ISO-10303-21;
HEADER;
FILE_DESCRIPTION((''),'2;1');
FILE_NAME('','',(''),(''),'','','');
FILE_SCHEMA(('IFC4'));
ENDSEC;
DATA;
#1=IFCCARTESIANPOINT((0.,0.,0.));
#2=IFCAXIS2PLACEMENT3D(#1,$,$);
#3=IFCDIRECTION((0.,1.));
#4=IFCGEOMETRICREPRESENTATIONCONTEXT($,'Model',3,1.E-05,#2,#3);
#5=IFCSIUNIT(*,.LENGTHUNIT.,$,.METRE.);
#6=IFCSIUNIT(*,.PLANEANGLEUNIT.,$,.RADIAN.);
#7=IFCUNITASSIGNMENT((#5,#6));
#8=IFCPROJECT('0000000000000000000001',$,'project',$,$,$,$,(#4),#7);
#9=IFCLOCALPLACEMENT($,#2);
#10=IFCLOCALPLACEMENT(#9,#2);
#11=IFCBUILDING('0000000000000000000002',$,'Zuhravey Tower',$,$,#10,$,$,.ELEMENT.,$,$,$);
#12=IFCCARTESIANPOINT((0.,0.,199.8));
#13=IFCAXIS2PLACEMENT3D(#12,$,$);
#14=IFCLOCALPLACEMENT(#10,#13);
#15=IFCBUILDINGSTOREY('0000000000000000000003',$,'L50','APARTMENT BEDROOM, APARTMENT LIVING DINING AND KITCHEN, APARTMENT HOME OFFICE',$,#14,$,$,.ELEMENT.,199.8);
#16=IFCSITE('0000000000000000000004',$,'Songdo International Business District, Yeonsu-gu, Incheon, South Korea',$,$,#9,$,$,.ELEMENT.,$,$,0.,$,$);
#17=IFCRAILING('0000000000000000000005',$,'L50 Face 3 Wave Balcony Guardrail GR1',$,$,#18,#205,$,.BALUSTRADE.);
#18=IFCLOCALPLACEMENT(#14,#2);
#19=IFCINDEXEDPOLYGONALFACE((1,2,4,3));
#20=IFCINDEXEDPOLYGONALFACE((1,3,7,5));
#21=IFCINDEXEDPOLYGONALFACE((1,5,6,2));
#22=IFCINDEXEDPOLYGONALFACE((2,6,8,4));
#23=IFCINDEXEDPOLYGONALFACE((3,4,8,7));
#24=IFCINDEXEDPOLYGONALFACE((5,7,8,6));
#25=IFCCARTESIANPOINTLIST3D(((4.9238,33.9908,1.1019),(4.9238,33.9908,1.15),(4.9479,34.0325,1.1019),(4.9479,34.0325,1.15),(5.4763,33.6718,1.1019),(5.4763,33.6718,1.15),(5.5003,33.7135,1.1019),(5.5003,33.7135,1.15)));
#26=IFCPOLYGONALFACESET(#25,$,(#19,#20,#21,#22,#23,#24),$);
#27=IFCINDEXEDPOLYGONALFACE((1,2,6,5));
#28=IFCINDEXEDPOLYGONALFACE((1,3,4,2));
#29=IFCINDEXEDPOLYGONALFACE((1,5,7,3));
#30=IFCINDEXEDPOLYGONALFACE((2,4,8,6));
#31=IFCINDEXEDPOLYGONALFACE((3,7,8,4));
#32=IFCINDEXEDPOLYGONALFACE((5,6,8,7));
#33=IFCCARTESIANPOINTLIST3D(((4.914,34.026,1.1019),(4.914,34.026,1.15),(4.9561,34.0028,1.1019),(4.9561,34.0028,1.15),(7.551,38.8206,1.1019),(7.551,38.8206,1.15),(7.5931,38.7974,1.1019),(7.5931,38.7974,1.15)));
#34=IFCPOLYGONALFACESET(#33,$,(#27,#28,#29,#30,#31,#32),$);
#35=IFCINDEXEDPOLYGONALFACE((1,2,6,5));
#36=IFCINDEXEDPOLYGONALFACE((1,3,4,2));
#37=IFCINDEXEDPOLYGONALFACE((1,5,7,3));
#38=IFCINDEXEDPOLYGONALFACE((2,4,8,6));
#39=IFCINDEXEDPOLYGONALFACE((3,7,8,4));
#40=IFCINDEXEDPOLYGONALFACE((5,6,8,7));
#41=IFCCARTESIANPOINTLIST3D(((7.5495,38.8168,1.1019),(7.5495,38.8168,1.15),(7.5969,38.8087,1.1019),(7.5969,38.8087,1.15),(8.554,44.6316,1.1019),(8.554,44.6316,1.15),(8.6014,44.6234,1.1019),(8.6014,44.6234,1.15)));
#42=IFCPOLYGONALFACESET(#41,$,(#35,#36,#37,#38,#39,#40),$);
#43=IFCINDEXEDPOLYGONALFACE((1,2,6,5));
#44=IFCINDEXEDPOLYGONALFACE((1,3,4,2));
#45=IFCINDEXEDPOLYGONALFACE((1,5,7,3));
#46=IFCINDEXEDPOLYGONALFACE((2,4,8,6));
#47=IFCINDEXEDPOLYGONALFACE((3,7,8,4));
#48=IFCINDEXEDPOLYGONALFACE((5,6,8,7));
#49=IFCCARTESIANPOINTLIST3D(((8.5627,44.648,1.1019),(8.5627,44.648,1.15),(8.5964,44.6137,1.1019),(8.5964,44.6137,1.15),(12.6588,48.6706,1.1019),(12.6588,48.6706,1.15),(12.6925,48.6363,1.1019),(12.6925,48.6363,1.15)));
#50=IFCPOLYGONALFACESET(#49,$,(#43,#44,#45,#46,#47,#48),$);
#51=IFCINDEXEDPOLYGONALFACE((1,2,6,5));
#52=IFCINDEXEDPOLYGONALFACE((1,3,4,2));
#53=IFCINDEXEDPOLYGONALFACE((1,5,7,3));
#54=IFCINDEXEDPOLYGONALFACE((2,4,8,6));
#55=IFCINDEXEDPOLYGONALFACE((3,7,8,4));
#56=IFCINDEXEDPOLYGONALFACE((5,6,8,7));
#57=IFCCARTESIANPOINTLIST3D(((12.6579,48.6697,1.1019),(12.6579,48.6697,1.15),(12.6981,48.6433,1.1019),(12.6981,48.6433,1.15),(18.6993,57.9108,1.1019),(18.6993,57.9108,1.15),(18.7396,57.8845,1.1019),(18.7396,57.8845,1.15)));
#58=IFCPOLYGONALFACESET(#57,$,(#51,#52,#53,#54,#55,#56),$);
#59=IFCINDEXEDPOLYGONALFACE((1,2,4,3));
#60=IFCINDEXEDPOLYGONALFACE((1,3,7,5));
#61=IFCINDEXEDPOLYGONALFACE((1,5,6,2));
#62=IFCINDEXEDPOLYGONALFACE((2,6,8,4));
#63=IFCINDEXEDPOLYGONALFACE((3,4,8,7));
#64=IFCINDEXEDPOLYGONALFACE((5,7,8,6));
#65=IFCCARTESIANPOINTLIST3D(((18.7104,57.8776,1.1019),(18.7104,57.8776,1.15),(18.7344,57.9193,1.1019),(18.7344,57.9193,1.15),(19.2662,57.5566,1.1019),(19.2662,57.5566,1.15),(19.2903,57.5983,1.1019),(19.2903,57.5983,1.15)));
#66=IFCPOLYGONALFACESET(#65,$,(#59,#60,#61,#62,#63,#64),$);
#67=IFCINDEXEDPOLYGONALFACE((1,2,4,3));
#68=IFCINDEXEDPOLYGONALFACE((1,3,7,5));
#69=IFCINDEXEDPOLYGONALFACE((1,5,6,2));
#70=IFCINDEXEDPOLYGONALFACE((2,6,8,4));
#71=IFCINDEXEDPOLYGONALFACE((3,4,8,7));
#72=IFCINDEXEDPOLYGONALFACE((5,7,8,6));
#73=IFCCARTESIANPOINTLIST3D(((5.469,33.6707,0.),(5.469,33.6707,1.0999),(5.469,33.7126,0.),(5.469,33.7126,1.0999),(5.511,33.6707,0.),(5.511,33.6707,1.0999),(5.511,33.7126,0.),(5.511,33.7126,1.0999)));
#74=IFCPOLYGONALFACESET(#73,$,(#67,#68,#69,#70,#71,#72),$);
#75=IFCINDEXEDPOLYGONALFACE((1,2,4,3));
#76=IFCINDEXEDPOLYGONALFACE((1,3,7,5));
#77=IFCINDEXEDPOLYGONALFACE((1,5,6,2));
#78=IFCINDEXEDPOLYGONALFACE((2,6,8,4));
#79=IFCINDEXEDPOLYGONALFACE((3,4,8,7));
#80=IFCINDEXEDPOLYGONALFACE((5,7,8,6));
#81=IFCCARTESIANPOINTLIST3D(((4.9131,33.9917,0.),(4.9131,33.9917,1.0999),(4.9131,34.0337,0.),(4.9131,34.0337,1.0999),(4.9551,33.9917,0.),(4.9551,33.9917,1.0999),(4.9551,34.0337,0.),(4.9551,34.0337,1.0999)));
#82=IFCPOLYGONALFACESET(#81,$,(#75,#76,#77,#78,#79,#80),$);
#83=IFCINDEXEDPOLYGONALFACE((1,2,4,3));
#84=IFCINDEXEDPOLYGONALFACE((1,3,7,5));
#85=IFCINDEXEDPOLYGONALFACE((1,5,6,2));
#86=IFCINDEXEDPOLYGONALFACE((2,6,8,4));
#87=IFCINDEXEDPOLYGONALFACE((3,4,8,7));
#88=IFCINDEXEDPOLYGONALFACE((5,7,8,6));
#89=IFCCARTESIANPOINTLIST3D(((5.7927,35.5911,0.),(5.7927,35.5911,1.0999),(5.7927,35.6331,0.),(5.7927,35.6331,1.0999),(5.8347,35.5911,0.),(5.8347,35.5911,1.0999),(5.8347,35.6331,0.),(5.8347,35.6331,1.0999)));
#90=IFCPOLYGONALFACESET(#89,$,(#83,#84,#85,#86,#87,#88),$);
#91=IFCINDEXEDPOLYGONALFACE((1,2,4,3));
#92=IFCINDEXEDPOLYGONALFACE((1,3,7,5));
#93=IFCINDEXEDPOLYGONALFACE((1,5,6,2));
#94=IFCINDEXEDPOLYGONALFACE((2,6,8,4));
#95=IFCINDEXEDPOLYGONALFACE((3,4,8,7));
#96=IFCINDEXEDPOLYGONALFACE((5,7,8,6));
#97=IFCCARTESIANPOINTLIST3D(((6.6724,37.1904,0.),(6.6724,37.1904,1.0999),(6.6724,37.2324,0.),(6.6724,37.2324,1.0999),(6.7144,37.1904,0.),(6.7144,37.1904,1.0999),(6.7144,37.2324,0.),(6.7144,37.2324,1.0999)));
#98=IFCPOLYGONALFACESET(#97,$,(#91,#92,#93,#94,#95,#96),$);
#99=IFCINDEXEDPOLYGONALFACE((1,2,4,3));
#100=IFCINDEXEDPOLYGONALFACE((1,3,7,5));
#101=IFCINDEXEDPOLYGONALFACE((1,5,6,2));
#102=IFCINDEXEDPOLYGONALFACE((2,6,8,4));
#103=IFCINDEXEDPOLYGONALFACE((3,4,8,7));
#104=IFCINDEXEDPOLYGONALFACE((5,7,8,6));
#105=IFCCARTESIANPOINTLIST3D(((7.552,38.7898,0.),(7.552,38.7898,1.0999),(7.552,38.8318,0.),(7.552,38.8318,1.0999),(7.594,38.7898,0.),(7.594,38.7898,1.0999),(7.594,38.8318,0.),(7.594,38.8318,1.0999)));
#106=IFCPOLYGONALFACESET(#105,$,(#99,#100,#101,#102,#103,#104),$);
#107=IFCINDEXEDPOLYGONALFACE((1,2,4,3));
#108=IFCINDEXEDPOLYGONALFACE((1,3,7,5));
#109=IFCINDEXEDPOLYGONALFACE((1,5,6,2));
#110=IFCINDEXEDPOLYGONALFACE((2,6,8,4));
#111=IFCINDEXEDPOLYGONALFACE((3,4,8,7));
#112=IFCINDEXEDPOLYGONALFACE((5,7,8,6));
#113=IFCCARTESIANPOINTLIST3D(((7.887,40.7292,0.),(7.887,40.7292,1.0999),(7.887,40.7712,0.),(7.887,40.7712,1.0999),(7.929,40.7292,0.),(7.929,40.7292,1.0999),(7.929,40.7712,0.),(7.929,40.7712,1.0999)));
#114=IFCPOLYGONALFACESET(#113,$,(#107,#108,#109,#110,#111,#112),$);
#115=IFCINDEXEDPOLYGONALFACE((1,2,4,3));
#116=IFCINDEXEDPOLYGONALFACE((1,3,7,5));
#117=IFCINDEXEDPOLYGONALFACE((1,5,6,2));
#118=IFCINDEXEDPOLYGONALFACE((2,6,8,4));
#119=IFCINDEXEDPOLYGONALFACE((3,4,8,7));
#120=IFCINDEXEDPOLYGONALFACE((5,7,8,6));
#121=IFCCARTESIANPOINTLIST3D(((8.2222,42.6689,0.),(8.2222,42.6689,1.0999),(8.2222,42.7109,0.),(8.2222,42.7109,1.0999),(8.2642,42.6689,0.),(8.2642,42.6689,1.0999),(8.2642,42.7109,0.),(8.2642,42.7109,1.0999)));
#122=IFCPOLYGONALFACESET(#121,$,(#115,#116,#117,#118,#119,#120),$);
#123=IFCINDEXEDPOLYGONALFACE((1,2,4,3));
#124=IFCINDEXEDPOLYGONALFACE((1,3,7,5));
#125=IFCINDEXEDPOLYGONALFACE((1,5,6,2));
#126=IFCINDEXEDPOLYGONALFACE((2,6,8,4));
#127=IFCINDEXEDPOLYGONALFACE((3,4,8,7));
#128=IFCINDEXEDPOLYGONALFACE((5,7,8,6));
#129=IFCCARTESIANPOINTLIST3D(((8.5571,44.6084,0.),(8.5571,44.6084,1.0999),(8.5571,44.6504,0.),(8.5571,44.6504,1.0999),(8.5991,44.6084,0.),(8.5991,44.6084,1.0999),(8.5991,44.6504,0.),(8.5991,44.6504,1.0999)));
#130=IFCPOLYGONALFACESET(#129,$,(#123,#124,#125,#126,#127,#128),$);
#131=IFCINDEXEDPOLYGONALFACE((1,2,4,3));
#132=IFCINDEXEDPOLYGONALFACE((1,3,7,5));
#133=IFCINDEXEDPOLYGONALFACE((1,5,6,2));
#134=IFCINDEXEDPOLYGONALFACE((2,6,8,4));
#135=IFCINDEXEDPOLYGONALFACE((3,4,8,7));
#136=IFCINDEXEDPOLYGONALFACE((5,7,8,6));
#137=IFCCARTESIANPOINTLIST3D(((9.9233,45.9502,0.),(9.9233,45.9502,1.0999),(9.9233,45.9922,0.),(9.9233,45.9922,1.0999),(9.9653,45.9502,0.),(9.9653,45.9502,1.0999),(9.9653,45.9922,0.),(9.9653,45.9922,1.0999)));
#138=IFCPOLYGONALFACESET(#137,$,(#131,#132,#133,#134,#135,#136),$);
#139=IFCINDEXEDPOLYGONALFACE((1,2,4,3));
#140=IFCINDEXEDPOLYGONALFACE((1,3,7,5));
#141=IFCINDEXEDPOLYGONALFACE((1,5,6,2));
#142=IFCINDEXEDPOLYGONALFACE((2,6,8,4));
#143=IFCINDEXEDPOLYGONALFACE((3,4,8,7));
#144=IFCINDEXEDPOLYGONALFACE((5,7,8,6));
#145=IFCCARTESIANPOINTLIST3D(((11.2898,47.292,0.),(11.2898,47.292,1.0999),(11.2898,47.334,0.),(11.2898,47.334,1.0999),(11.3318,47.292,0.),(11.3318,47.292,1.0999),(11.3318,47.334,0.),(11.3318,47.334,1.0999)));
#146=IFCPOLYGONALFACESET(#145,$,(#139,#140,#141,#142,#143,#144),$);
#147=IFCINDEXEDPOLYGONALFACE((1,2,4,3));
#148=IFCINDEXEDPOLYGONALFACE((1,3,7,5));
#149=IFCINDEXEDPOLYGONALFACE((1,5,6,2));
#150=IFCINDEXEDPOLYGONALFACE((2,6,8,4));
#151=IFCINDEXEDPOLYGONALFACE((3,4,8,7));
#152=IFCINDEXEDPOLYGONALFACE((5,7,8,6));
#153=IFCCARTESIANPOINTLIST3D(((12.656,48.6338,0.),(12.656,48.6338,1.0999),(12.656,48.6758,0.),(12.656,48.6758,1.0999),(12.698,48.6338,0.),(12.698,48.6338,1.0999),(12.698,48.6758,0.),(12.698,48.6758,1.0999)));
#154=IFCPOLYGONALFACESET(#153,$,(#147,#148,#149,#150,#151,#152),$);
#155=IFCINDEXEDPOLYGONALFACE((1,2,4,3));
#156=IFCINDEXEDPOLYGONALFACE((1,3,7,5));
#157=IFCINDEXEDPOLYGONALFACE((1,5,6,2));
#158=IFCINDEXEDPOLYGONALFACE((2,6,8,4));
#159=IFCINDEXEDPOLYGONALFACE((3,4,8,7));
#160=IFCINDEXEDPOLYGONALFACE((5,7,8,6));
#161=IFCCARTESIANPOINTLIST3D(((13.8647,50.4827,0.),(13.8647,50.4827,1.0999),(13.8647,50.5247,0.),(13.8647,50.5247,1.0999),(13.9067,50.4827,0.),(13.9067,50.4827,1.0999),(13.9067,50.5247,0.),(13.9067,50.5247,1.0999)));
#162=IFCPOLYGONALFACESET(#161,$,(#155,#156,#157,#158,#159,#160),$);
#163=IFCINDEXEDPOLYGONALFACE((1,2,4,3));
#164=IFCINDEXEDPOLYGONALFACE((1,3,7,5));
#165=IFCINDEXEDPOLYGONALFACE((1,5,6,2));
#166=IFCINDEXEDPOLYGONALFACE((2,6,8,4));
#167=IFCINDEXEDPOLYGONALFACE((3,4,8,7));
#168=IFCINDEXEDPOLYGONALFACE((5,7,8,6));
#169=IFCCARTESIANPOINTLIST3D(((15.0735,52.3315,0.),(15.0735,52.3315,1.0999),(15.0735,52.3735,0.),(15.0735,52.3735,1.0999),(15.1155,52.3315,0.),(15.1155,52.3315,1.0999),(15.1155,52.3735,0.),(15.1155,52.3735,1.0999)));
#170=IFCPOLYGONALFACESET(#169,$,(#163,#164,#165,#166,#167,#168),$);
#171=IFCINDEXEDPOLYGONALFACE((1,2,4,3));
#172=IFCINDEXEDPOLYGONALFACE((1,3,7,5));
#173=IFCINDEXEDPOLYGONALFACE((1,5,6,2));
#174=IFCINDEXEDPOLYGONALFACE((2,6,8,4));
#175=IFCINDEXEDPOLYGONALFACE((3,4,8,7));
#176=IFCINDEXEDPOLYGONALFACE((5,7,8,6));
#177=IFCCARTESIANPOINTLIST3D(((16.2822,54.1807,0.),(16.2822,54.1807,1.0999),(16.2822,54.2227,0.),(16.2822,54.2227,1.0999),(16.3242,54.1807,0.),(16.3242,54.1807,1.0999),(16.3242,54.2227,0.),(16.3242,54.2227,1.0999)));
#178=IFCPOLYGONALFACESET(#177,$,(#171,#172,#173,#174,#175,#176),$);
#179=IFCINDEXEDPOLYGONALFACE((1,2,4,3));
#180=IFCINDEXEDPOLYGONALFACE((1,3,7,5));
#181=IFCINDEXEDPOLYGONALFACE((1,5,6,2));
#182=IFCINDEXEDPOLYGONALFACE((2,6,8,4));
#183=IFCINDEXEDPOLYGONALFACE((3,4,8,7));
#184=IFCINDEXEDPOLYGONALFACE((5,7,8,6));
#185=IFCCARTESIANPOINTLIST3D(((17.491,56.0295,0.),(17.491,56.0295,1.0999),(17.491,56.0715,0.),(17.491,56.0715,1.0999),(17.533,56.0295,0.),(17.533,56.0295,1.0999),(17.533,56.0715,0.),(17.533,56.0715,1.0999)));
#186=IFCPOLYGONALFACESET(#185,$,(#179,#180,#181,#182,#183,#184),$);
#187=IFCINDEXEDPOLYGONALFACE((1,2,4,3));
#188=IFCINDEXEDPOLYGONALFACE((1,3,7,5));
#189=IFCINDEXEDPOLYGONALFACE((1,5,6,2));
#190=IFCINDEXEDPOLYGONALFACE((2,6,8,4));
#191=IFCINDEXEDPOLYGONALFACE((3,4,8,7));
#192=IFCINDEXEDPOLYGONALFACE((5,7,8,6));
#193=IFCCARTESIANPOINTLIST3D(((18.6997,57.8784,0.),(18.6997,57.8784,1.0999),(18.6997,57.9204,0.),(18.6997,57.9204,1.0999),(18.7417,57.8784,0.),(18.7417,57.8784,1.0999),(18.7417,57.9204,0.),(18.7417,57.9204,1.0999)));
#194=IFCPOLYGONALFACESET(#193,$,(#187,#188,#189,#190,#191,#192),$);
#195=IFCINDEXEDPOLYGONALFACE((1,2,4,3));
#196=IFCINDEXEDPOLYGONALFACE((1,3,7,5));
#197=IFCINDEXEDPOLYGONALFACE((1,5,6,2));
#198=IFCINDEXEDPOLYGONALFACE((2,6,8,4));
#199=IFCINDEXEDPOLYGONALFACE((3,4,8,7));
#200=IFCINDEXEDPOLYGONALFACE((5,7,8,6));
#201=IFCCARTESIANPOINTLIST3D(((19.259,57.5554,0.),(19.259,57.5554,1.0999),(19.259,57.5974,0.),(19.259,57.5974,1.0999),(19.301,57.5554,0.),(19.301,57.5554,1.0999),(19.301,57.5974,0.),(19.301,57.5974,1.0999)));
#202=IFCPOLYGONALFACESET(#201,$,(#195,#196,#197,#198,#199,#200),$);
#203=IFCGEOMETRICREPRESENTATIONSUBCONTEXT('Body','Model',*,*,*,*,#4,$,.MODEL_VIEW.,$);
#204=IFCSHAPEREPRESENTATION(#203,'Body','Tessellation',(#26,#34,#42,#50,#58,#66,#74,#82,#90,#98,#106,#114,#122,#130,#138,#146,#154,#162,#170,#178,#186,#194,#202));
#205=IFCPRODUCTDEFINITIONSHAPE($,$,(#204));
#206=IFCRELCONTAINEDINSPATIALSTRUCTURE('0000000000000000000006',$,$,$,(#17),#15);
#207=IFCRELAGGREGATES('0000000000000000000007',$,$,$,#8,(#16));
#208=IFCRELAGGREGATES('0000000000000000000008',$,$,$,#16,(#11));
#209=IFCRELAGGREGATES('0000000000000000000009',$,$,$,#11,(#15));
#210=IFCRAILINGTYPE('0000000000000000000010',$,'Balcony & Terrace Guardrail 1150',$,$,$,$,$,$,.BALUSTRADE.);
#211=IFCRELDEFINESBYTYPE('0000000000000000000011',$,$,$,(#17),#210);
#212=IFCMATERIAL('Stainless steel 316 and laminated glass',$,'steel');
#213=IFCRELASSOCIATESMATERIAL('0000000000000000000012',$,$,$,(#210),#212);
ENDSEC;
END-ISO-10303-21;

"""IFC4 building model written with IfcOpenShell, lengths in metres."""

from ifc_helpers import new_model, si_unit, direction, frame, origin, origin_2d, place, context, subcontext, project, spatial, rectangle, extrude, material, type_object, element, save


model = new_model("IFC4")

# Units and contexts
model_context = context("Model", 3, precision=1e-05, world=origin(), true_north=direction((0.0, 1.0)))
body_context = subcontext(model_context, "Body", "Model", "MODEL_VIEW")
ifc_project = project(units=[si_unit("LENGTHUNIT", "METRE"), si_unit("PLANEANGLEUNIT", "RADIAN")], contexts=[model_context])

# Site, building, storey
site_placement = place(None, origin())
site = spatial("IfcSite", under=ifc_project, at=site_placement, Name="Songdo International Business District, Yeonsu-gu, Incheon, South Korea", CompositionType="ELEMENT", RefElevation=0.0)
building_placement = place(site_placement, origin())
building = spatial("IfcBuilding", under=site, at=building_placement, Name="Zuhravey Tower", CompositionType="ELEMENT")
storey_placement = place(building_placement, frame((0.0, 0.0, 199.8)))
storey = spatial("IfcBuildingStorey", under=building, at=storey_placement, Name="L50", Description="APARTMENT BEDROOM, APARTMENT LIVING DINING AND KITCHEN, APARTMENT HOME OFFICE", CompositionType="ELEMENT", Elevation=199.8)

# Railing
ifc_material_1 = material(Name="Stainless steel 316 and laminated glass", Category="steel")
railing_type = type_object("IfcRailingType", Name="Balcony & Terrace Guardrail 1150", PredefinedType="BALUSTRADE", material=ifc_material_1)
railing_placement = place(storey_placement, frame((5.49, 33.6917, 0.0)))
element("IfcRailing", 1, at=railing_placement, inside=storey, type_object=railing_type, Name="L50 Face 3 Wave Balcony Guardrail GR1", PredefinedType="BALUSTRADE", context=body_context, shape_type="SweptSolid", body=[
    extrude(rectangle(XDim=0.0481, YDim=0.0481, at=origin_2d()), frame((-0.0017, 0.001, 1.126), z_axis=(-0.865964, 0.500107, 0.0), x_axis=(-0.500107, -0.865964, 0.0)), (0.0, 0.0, 1.0), 0.6379),
    extrude(rectangle(XDim=0.0481, YDim=0.0481, at=origin_2d()), frame((-0.5549, 0.3228, 1.126), z_axis=(0.481914, 0.876219, 0.0), x_axis=(-0.876219, 0.481914, 0.0)), (0.0, 0.0, 1.0), 5.4719),
    extrude(rectangle(XDim=0.0481, YDim=0.0481, at=origin_2d()), frame((2.0833, 5.1211, 1.126), z_axis=(0.170223, 0.985406, 0.0), x_axis=(-0.985406, 0.170223, 0.0)), (0.0, 0.0, 1.0), 5.9009),
    extrude(rectangle(XDim=0.0481, YDim=0.0481, at=origin_2d()), frame((3.0896, 10.9392, 1.126), z_axis=(0.713474, 0.700682, 0.0), x_axis=(-0.700682, 0.713474, 0.0)), (0.0, 0.0, 1.0), 5.741),
    extrude(rectangle(XDim=0.0481, YDim=0.0481, at=origin_2d()), frame((7.188, 14.9648, 1.126), z_axis=(0.547195, 0.837005, 0.0), x_axis=(-0.837005, 0.547195, 0.0)), (0.0, 0.0, 1.0), 11.0408),
    extrude(rectangle(XDim=0.0481, YDim=0.0481, at=origin_2d()), frame((13.2324, 24.2068, 1.126), z_axis=(0.865978, -0.500082, 0.0), x_axis=(0.500082, 0.865978, 0.0)), (0.0, 0.0, 1.0), 0.6418),
    extrude(rectangle(XDim=0.042, YDim=0.042, at=origin_2d()), origin(), (0.0, 0.0, 1.0), 1.0999),
    extrude(rectangle(XDim=0.042, YDim=0.042, at=origin_2d()), frame((-0.5559, 0.321, 0.0)), (0.0, 0.0, 1.0), 1.0999),
    extrude(rectangle(XDim=0.042, YDim=0.042, at=origin_2d()), frame((0.3237, 1.9204, 0.0)), (0.0, 0.0, 1.0), 1.0999),
    extrude(rectangle(XDim=0.042, YDim=0.042, at=origin_2d()), frame((1.2034, 3.5198, 0.0)), (0.0, 0.0, 1.0), 1.0999),
    extrude(rectangle(XDim=0.042, YDim=0.042, at=origin_2d()), frame((2.083, 5.1191, 0.0)), (0.0, 0.0, 1.0), 1.0999),
    extrude(rectangle(XDim=0.042, YDim=0.042, at=origin_2d()), frame((2.418, 7.0586, 0.0)), (0.0, 0.0, 1.0), 1.0999),
    extrude(rectangle(XDim=0.042, YDim=0.042, at=origin_2d()), frame((2.7532, 8.9983, 0.0)), (0.0, 0.0, 1.0), 1.0999),
    extrude(rectangle(XDim=0.042, YDim=0.042, at=origin_2d()), frame((3.0881, 10.9377, 0.0)), (0.0, 0.0, 1.0), 1.0999),
    extrude(rectangle(XDim=0.042, YDim=0.042, at=origin_2d()), frame((4.4543, 12.2795, 0.0)), (0.0, 0.0, 1.0), 1.0999),
    extrude(rectangle(XDim=0.042, YDim=0.042, at=origin_2d()), frame((5.8208, 13.6213, 0.0)), (0.0, 0.0, 1.0), 1.0999),
    extrude(rectangle(XDim=0.042, YDim=0.042, at=origin_2d()), frame((7.187, 14.9631, 0.0)), (0.0, 0.0, 1.0), 1.0999),
    extrude(rectangle(XDim=0.042, YDim=0.042, at=origin_2d()), frame((8.3958, 16.812, 0.0)), (0.0, 0.0, 1.0), 1.0999),
    extrude(rectangle(XDim=0.042, YDim=0.042, at=origin_2d()), frame((9.6045, 18.6609, 0.0)), (0.0, 0.0, 1.0), 1.0999),
    extrude(rectangle(XDim=0.042, YDim=0.042, at=origin_2d()), frame((10.8132, 20.51, 0.0)), (0.0, 0.0, 1.0), 1.0999),
    extrude(rectangle(XDim=0.042, YDim=0.042, at=origin_2d()), frame((12.022, 22.3589, 0.0)), (0.0, 0.0, 1.0), 1.0999),
    extrude(rectangle(XDim=0.042, YDim=0.042, at=origin_2d()), frame((13.2307, 24.2078, 0.0)), (0.0, 0.0, 1.0), 1.0999),
    extrude(rectangle(XDim=0.042, YDim=0.042, at=origin_2d()), frame((13.79, 23.8848, 0.0)), (0.0, 0.0, 1.0), 1.0999),
])

save(model, "model.ifc")
